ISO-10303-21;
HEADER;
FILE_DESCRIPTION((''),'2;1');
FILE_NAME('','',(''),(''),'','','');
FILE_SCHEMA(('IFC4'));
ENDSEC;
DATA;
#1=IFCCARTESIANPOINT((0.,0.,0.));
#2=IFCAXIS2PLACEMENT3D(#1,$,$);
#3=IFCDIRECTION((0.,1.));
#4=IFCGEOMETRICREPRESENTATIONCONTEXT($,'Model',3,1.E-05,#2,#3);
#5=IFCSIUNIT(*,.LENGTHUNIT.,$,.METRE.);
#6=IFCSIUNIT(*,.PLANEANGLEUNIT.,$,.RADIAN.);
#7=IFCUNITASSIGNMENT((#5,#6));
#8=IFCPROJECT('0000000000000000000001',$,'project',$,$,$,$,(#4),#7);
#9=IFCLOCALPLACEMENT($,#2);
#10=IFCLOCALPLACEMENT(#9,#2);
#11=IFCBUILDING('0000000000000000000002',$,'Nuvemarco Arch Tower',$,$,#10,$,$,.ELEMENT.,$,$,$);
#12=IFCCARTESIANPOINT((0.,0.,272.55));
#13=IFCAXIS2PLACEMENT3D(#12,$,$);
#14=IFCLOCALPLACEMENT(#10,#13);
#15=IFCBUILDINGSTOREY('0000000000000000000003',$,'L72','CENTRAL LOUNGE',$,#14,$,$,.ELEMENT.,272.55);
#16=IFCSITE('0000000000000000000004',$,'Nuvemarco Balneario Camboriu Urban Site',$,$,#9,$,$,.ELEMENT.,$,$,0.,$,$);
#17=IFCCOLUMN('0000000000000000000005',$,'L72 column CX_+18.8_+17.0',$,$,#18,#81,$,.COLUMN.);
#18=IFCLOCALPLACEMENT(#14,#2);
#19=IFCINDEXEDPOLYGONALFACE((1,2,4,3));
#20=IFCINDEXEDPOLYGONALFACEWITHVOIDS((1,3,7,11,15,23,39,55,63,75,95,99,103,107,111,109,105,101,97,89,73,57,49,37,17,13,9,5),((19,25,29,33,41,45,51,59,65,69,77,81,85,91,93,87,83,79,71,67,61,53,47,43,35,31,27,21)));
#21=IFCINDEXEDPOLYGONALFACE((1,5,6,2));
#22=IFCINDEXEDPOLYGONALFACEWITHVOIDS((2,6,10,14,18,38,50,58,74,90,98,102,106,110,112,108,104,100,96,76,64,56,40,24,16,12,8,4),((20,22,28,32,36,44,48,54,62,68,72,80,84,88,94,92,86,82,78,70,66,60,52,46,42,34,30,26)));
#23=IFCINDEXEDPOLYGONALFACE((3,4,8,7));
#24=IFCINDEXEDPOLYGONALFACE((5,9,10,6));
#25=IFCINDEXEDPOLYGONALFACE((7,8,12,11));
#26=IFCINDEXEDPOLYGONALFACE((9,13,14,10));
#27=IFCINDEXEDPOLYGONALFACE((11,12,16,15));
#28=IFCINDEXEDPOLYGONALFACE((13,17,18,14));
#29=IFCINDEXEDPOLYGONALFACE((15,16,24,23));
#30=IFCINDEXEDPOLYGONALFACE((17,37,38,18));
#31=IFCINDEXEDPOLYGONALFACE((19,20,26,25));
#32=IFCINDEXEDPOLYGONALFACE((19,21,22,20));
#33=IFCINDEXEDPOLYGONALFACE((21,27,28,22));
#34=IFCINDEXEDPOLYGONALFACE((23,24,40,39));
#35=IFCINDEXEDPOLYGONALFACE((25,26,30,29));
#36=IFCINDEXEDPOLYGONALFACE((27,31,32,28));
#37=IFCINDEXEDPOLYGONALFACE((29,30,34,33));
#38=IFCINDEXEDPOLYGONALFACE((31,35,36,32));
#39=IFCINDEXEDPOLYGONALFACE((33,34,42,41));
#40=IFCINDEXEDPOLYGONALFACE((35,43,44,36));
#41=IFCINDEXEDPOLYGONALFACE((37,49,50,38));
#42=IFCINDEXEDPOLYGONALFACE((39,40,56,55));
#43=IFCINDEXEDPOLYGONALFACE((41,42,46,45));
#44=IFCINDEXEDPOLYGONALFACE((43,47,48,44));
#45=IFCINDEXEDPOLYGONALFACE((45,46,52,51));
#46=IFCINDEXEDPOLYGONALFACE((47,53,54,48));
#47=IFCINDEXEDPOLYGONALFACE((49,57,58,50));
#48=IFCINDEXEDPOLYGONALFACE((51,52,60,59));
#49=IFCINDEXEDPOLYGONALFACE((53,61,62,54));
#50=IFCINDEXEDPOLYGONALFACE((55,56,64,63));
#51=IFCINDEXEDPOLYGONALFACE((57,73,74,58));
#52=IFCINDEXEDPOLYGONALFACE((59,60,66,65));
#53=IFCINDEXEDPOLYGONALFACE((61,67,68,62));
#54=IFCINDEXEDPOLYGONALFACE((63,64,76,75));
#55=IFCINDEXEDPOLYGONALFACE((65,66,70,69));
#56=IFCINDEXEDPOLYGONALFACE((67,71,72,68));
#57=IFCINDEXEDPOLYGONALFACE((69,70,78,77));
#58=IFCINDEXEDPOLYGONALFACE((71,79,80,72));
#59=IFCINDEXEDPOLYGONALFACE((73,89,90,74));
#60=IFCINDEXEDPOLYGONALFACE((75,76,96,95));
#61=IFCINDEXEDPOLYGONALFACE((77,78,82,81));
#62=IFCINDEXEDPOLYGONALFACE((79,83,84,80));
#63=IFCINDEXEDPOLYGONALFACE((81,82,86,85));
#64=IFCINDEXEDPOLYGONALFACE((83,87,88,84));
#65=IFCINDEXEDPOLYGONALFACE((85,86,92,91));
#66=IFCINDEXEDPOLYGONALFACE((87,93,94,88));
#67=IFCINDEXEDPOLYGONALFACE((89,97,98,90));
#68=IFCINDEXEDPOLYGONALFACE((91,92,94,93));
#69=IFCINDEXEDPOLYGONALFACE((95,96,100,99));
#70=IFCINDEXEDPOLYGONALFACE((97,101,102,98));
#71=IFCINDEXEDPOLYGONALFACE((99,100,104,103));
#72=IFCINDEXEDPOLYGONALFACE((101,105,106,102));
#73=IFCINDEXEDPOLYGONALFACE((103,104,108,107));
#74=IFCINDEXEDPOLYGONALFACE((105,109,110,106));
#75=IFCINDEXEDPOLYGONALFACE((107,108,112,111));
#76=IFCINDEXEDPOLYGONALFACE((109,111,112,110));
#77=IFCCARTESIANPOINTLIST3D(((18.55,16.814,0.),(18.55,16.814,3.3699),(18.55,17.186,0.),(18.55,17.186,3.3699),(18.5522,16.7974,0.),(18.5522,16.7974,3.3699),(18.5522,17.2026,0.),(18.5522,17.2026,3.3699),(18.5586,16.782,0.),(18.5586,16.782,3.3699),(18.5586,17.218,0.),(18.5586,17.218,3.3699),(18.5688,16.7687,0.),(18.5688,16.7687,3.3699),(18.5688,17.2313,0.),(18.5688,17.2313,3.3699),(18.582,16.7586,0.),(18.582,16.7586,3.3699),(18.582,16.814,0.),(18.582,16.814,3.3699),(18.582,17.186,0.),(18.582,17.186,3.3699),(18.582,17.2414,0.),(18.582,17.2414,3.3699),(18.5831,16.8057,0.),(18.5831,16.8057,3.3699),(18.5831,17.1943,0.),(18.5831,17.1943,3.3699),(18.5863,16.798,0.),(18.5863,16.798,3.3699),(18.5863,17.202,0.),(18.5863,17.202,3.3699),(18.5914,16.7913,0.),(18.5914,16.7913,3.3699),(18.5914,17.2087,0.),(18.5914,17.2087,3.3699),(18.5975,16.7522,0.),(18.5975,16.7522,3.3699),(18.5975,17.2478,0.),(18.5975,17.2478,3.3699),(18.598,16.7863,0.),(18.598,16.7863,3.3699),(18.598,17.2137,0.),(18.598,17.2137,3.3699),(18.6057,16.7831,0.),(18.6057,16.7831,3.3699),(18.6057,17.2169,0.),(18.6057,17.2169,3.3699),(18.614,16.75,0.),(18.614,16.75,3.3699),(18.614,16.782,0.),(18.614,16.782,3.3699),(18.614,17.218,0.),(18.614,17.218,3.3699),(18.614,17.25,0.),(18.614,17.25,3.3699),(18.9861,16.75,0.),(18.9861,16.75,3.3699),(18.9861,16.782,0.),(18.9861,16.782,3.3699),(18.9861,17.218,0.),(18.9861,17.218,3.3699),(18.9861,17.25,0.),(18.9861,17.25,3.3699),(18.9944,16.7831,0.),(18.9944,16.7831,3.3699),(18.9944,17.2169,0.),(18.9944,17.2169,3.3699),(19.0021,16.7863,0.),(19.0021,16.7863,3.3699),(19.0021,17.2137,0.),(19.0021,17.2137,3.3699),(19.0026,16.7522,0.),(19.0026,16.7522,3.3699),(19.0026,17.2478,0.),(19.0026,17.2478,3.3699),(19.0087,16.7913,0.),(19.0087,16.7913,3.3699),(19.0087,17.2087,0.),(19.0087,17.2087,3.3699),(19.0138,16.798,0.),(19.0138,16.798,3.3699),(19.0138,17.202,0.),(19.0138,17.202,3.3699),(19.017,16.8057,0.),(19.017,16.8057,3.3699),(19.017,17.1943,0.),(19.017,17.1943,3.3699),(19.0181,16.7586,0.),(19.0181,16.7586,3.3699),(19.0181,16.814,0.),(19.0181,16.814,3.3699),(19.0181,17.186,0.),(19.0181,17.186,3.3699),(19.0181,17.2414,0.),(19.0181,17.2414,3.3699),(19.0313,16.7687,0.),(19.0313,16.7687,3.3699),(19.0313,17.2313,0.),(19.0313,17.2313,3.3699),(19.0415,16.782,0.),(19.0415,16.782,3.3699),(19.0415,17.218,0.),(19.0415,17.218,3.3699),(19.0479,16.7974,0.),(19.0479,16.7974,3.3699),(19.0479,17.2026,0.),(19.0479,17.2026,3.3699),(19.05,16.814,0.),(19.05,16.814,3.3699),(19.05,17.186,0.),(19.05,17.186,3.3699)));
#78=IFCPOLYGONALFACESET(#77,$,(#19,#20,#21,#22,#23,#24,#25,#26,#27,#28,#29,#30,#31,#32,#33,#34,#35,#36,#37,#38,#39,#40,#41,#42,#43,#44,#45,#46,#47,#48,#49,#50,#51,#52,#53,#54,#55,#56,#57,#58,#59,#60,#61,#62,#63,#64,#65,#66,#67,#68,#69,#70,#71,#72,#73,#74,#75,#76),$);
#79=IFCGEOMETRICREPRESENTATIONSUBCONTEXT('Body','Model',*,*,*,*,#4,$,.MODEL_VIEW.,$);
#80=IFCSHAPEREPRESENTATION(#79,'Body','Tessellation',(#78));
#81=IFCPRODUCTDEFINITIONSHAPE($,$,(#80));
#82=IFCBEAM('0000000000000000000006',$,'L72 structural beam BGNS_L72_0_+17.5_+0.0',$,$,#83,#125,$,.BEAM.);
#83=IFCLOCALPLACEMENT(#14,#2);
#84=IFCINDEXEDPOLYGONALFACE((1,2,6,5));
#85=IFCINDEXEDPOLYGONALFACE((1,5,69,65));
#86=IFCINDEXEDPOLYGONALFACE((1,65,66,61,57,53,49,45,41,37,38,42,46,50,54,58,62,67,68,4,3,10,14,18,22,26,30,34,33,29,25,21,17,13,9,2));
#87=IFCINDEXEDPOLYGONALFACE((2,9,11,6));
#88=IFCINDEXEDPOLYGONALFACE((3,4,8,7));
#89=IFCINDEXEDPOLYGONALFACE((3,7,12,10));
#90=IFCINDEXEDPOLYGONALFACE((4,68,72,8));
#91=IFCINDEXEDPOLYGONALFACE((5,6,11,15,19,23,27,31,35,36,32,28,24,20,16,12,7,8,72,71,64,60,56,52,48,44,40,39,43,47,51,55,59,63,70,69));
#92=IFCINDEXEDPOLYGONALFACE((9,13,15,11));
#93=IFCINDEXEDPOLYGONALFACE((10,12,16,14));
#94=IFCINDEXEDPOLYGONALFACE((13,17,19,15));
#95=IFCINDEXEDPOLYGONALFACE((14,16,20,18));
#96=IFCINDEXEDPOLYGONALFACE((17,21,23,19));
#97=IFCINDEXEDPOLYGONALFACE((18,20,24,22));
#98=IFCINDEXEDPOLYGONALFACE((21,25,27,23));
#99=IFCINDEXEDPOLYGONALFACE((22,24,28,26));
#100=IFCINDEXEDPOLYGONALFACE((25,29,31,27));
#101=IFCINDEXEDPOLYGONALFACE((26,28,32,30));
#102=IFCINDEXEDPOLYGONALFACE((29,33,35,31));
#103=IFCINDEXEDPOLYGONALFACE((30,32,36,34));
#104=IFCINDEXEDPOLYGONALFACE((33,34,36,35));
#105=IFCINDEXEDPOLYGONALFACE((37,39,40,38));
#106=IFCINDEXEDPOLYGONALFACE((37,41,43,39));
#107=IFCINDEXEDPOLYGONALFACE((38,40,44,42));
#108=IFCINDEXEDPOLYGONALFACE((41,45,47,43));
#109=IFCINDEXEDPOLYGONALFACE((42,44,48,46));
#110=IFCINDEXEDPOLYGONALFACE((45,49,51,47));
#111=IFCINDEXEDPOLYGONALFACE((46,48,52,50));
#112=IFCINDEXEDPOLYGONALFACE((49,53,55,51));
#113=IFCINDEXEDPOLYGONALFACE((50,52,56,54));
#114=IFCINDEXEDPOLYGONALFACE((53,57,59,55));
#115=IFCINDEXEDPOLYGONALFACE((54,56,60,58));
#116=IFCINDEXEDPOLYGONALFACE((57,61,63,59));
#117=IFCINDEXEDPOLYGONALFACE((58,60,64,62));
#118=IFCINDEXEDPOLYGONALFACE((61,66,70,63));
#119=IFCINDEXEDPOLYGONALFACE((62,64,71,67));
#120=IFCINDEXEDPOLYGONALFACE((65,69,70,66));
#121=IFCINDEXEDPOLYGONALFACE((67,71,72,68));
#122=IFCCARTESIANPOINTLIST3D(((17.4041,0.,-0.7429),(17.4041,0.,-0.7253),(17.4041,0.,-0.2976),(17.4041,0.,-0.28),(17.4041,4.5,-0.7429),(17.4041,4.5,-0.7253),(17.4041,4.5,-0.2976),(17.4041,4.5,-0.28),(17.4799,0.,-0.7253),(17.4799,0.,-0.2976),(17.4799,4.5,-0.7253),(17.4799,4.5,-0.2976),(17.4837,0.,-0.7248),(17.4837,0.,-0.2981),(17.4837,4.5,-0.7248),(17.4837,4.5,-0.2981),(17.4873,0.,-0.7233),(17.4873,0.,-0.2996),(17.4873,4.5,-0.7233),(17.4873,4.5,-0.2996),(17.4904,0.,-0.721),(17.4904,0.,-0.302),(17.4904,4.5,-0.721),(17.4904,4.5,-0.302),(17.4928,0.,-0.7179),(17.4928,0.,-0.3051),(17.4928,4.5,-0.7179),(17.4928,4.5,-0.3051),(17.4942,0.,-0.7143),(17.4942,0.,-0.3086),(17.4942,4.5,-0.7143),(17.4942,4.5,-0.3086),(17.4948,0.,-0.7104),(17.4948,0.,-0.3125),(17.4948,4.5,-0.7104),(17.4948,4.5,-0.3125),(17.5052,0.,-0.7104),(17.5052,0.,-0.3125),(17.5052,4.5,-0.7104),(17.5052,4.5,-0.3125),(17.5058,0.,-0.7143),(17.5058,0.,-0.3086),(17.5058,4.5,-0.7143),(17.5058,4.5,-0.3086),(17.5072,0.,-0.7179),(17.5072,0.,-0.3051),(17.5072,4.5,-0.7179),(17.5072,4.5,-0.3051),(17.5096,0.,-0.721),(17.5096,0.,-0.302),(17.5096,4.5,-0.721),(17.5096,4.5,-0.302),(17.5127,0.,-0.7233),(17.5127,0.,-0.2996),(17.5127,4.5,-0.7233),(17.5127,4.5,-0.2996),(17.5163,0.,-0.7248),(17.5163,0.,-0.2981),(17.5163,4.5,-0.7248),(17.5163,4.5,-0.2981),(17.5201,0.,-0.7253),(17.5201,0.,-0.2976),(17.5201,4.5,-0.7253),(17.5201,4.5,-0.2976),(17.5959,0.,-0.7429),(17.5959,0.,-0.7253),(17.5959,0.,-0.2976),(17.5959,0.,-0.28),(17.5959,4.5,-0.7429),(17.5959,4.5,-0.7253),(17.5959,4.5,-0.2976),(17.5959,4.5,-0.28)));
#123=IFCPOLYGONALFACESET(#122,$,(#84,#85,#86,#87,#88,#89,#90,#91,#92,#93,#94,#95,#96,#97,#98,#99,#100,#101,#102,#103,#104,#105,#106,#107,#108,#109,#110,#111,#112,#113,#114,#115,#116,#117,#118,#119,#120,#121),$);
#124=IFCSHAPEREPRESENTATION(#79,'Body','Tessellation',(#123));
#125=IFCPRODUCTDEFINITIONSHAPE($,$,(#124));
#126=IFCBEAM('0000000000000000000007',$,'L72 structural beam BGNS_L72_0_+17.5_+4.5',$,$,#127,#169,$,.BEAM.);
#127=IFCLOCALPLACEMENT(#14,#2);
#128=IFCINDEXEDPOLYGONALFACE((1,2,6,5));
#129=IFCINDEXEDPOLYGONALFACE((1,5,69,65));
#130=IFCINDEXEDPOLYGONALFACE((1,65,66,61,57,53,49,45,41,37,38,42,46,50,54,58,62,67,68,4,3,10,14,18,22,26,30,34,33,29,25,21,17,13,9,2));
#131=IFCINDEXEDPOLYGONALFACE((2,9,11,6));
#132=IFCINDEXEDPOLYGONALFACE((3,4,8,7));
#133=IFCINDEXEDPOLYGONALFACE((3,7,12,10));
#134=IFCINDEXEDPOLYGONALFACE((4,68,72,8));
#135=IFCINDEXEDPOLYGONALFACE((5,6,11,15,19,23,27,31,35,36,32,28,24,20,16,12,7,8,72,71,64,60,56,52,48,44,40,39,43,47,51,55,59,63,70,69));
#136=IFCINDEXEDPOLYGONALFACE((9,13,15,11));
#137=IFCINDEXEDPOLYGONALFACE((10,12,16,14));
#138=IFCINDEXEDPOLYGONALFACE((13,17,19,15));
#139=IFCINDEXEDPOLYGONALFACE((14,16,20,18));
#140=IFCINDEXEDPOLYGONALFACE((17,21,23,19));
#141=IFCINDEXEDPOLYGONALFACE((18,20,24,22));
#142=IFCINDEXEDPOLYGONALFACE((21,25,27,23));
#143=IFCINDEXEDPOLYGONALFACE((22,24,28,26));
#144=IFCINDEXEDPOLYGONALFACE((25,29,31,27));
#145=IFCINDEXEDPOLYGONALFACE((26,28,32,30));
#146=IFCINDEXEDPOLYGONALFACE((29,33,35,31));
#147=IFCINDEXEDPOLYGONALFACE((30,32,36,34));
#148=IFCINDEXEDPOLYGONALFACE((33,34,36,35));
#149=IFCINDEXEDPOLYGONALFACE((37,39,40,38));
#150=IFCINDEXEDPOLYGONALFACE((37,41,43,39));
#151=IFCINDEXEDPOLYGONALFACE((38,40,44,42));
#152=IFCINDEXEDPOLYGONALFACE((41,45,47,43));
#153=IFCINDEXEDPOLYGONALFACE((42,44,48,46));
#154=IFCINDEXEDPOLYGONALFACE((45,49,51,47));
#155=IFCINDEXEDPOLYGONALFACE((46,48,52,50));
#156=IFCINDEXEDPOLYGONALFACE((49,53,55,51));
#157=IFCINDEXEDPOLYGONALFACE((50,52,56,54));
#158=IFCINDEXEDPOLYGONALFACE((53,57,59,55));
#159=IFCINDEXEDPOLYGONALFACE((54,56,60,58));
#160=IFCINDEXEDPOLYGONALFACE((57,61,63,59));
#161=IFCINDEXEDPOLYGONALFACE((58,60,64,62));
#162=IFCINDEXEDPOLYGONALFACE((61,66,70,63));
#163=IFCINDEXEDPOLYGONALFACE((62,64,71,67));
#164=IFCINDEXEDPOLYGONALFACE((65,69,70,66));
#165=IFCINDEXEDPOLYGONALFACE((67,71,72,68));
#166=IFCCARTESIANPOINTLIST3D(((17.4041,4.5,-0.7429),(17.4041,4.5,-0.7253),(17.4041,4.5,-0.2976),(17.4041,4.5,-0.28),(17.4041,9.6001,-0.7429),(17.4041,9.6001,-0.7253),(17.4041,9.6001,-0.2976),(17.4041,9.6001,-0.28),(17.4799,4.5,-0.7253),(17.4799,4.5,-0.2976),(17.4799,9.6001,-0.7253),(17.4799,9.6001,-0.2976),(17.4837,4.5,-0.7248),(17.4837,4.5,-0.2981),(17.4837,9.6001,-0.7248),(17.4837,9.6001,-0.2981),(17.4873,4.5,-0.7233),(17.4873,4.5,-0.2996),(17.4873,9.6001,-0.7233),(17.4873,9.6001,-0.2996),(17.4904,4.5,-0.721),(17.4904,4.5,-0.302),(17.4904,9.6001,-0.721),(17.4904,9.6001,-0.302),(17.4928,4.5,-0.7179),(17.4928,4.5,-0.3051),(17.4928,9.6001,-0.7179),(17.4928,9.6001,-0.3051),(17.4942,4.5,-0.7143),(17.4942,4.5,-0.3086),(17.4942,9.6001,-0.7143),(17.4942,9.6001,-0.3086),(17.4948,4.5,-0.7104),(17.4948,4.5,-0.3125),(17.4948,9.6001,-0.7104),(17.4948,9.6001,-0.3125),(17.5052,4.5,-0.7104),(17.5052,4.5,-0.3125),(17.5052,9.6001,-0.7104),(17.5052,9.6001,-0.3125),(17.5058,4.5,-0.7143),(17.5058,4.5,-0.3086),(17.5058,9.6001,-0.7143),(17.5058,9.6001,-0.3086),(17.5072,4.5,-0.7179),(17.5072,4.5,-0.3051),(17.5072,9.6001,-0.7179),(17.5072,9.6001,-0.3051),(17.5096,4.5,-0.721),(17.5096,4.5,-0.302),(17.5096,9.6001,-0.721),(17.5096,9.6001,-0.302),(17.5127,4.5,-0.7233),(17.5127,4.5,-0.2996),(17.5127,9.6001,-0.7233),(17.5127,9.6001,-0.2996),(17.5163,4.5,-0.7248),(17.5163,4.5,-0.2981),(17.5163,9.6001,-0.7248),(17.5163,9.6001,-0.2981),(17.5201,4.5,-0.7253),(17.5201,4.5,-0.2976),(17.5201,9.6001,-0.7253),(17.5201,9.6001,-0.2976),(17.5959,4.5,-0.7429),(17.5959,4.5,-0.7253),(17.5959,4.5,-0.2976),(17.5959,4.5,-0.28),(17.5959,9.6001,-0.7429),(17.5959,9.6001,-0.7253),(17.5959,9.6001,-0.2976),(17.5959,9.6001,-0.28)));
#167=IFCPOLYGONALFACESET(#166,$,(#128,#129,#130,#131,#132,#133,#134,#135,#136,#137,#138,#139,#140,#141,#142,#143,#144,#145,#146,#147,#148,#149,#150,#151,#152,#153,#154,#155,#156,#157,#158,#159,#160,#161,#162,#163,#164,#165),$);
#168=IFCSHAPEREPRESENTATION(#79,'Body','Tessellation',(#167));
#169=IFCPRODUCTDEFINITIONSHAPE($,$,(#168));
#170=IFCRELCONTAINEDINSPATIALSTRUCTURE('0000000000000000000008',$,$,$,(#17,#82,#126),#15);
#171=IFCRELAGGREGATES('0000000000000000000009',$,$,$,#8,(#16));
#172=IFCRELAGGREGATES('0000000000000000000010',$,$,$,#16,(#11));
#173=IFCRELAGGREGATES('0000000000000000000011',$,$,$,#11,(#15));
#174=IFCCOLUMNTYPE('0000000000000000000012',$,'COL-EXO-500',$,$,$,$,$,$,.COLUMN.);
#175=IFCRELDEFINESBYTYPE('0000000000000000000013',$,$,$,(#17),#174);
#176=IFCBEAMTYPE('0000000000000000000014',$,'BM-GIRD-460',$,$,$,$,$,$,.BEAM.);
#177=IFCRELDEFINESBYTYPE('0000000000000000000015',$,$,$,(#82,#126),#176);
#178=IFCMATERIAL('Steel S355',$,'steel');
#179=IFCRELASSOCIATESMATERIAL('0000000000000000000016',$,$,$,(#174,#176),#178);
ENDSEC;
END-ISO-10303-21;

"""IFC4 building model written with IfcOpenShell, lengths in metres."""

from ifc_helpers import new_model, si_unit, direction, frame, origin, origin_2d, place, context, subcontext, project, spatial, hollow_rectangle, i_section, extrude, material, material_profile, profile_set, type_object, element, save


model = new_model("IFC4")

# Units and contexts
model_context = context("Model", 3, precision=1e-05, world=origin(), true_north=direction((0.0, 1.0)))
body_context = subcontext(model_context, "Body", "Model", "MODEL_VIEW")
ifc_project = project(units=[si_unit("LENGTHUNIT", "METRE"), si_unit("PLANEANGLEUNIT", "RADIAN")], contexts=[model_context])

# Site, building, storey
site_placement = place(None, origin())
site = spatial("IfcSite", under=ifc_project, at=site_placement, Name="Nuvemarco Balneario Camboriu Urban Site", CompositionType="ELEMENT", RefElevation=0.0)
building_placement = place(site_placement, origin())
building = spatial("IfcBuilding", under=site, at=building_placement, Name="Nuvemarco Arch Tower", CompositionType="ELEMENT")
storey_placement = place(building_placement, frame((0.0, 0.0, 272.55)))
storey = spatial("IfcBuildingStorey", under=building, at=storey_placement, Name="L72", Description="CENTRAL LOUNGE", CompositionType="ELEMENT", Elevation=272.55)

# Column
ifc_material_1 = material(Name="Steel S355", Category="steel")
ifc_material_profile_1 = material_profile(ifc_material_1, hollow_rectangle(XDim=0.5, YDim=0.5, WallThickness=0.032, InnerFilletRadius=0.032, OuterFilletRadius=0.064, at=origin_2d()), Name="SHS500x500x32")
ifc_profile_set_1 = profile_set([ifc_material_profile_1], Name="Steel S355")
column_type_1 = type_object("IfcColumnType", Name="COL-EXO-500", PredefinedType="COLUMN", material=ifc_profile_set_1)
for number, where, z_axis, x_axis, name in (
    (1, (18.8, 17.0, 0.0), (0.0, 0.0, 1.0), (1.0, 0.0, 0.0), "L72 column CX_+18.8_+17.0"),
):
    element("IfcColumn", number, at=place(storey_placement, frame(where, z_axis=z_axis, x_axis=x_axis)), inside=storey, type_object=column_type_1, Name=name, PredefinedType="COLUMN", context=body_context, shape_type="SweptSolid", body=[
        extrude(hollow_rectangle(XDim=0.5, YDim=0.5, WallThickness=0.032, InnerFilletRadius=0.032, OuterFilletRadius=0.064, at=origin_2d()), origin(), (0.0, 0.0, 1.0), 3.3699),
    ])

# Beams
ifc_material_profile_2 = material_profile(ifc_material_1, i_section(OverallWidth=0.1919, OverallDepth=0.4629, WebThickness=0.0105, FlangeThickness=0.0176, FilletRadius=0.0149, at=origin_2d()), Name="W460x89")
ifc_profile_set_2 = profile_set([ifc_material_profile_2], Name="Steel S355")
beam_type_1 = type_object("IfcBeamType", Name="BM-GIRD-460", PredefinedType="BEAM", material=ifc_profile_set_2)
beam_1_placement = place(storey_placement, frame((17.5, 0.0, -0.5115), z_axis=(0.0, 1.0, 0.0), x_axis=(-1.0, 0.0, 0.0)))
element("IfcBeam", 2, at=beam_1_placement, inside=storey, type_object=beam_type_1, Name="L72 structural beam BGNS_L72_0_+17.5_+0.0", PredefinedType="BEAM", context=body_context, shape_type="SweptSolid", body=[
    extrude(i_section(OverallWidth=0.1919, OverallDepth=0.4629, WebThickness=0.0105, FlangeThickness=0.0176, FilletRadius=0.0149, at=origin_2d()), origin(), (0.0, 0.0, 1.0), 4.5),
])
beam_2_placement = place(storey_placement, frame((17.5, 4.5, -0.5115), z_axis=(0.0, 1.0, 0.0), x_axis=(-1.0, 0.0, 0.0)))
element("IfcBeam", 3, at=beam_2_placement, inside=storey, type_object=beam_type_1, Name="L72 structural beam BGNS_L72_0_+17.5_+4.5", PredefinedType="BEAM", context=body_context, shape_type="SweptSolid", body=[
    extrude(i_section(OverallWidth=0.1919, OverallDepth=0.4629, WebThickness=0.0105, FlangeThickness=0.0176, FilletRadius=0.0149, at=origin_2d()), origin(), (0.0, 0.0, 1.0), 5.1001),
])

save(model, "model.ifc")
